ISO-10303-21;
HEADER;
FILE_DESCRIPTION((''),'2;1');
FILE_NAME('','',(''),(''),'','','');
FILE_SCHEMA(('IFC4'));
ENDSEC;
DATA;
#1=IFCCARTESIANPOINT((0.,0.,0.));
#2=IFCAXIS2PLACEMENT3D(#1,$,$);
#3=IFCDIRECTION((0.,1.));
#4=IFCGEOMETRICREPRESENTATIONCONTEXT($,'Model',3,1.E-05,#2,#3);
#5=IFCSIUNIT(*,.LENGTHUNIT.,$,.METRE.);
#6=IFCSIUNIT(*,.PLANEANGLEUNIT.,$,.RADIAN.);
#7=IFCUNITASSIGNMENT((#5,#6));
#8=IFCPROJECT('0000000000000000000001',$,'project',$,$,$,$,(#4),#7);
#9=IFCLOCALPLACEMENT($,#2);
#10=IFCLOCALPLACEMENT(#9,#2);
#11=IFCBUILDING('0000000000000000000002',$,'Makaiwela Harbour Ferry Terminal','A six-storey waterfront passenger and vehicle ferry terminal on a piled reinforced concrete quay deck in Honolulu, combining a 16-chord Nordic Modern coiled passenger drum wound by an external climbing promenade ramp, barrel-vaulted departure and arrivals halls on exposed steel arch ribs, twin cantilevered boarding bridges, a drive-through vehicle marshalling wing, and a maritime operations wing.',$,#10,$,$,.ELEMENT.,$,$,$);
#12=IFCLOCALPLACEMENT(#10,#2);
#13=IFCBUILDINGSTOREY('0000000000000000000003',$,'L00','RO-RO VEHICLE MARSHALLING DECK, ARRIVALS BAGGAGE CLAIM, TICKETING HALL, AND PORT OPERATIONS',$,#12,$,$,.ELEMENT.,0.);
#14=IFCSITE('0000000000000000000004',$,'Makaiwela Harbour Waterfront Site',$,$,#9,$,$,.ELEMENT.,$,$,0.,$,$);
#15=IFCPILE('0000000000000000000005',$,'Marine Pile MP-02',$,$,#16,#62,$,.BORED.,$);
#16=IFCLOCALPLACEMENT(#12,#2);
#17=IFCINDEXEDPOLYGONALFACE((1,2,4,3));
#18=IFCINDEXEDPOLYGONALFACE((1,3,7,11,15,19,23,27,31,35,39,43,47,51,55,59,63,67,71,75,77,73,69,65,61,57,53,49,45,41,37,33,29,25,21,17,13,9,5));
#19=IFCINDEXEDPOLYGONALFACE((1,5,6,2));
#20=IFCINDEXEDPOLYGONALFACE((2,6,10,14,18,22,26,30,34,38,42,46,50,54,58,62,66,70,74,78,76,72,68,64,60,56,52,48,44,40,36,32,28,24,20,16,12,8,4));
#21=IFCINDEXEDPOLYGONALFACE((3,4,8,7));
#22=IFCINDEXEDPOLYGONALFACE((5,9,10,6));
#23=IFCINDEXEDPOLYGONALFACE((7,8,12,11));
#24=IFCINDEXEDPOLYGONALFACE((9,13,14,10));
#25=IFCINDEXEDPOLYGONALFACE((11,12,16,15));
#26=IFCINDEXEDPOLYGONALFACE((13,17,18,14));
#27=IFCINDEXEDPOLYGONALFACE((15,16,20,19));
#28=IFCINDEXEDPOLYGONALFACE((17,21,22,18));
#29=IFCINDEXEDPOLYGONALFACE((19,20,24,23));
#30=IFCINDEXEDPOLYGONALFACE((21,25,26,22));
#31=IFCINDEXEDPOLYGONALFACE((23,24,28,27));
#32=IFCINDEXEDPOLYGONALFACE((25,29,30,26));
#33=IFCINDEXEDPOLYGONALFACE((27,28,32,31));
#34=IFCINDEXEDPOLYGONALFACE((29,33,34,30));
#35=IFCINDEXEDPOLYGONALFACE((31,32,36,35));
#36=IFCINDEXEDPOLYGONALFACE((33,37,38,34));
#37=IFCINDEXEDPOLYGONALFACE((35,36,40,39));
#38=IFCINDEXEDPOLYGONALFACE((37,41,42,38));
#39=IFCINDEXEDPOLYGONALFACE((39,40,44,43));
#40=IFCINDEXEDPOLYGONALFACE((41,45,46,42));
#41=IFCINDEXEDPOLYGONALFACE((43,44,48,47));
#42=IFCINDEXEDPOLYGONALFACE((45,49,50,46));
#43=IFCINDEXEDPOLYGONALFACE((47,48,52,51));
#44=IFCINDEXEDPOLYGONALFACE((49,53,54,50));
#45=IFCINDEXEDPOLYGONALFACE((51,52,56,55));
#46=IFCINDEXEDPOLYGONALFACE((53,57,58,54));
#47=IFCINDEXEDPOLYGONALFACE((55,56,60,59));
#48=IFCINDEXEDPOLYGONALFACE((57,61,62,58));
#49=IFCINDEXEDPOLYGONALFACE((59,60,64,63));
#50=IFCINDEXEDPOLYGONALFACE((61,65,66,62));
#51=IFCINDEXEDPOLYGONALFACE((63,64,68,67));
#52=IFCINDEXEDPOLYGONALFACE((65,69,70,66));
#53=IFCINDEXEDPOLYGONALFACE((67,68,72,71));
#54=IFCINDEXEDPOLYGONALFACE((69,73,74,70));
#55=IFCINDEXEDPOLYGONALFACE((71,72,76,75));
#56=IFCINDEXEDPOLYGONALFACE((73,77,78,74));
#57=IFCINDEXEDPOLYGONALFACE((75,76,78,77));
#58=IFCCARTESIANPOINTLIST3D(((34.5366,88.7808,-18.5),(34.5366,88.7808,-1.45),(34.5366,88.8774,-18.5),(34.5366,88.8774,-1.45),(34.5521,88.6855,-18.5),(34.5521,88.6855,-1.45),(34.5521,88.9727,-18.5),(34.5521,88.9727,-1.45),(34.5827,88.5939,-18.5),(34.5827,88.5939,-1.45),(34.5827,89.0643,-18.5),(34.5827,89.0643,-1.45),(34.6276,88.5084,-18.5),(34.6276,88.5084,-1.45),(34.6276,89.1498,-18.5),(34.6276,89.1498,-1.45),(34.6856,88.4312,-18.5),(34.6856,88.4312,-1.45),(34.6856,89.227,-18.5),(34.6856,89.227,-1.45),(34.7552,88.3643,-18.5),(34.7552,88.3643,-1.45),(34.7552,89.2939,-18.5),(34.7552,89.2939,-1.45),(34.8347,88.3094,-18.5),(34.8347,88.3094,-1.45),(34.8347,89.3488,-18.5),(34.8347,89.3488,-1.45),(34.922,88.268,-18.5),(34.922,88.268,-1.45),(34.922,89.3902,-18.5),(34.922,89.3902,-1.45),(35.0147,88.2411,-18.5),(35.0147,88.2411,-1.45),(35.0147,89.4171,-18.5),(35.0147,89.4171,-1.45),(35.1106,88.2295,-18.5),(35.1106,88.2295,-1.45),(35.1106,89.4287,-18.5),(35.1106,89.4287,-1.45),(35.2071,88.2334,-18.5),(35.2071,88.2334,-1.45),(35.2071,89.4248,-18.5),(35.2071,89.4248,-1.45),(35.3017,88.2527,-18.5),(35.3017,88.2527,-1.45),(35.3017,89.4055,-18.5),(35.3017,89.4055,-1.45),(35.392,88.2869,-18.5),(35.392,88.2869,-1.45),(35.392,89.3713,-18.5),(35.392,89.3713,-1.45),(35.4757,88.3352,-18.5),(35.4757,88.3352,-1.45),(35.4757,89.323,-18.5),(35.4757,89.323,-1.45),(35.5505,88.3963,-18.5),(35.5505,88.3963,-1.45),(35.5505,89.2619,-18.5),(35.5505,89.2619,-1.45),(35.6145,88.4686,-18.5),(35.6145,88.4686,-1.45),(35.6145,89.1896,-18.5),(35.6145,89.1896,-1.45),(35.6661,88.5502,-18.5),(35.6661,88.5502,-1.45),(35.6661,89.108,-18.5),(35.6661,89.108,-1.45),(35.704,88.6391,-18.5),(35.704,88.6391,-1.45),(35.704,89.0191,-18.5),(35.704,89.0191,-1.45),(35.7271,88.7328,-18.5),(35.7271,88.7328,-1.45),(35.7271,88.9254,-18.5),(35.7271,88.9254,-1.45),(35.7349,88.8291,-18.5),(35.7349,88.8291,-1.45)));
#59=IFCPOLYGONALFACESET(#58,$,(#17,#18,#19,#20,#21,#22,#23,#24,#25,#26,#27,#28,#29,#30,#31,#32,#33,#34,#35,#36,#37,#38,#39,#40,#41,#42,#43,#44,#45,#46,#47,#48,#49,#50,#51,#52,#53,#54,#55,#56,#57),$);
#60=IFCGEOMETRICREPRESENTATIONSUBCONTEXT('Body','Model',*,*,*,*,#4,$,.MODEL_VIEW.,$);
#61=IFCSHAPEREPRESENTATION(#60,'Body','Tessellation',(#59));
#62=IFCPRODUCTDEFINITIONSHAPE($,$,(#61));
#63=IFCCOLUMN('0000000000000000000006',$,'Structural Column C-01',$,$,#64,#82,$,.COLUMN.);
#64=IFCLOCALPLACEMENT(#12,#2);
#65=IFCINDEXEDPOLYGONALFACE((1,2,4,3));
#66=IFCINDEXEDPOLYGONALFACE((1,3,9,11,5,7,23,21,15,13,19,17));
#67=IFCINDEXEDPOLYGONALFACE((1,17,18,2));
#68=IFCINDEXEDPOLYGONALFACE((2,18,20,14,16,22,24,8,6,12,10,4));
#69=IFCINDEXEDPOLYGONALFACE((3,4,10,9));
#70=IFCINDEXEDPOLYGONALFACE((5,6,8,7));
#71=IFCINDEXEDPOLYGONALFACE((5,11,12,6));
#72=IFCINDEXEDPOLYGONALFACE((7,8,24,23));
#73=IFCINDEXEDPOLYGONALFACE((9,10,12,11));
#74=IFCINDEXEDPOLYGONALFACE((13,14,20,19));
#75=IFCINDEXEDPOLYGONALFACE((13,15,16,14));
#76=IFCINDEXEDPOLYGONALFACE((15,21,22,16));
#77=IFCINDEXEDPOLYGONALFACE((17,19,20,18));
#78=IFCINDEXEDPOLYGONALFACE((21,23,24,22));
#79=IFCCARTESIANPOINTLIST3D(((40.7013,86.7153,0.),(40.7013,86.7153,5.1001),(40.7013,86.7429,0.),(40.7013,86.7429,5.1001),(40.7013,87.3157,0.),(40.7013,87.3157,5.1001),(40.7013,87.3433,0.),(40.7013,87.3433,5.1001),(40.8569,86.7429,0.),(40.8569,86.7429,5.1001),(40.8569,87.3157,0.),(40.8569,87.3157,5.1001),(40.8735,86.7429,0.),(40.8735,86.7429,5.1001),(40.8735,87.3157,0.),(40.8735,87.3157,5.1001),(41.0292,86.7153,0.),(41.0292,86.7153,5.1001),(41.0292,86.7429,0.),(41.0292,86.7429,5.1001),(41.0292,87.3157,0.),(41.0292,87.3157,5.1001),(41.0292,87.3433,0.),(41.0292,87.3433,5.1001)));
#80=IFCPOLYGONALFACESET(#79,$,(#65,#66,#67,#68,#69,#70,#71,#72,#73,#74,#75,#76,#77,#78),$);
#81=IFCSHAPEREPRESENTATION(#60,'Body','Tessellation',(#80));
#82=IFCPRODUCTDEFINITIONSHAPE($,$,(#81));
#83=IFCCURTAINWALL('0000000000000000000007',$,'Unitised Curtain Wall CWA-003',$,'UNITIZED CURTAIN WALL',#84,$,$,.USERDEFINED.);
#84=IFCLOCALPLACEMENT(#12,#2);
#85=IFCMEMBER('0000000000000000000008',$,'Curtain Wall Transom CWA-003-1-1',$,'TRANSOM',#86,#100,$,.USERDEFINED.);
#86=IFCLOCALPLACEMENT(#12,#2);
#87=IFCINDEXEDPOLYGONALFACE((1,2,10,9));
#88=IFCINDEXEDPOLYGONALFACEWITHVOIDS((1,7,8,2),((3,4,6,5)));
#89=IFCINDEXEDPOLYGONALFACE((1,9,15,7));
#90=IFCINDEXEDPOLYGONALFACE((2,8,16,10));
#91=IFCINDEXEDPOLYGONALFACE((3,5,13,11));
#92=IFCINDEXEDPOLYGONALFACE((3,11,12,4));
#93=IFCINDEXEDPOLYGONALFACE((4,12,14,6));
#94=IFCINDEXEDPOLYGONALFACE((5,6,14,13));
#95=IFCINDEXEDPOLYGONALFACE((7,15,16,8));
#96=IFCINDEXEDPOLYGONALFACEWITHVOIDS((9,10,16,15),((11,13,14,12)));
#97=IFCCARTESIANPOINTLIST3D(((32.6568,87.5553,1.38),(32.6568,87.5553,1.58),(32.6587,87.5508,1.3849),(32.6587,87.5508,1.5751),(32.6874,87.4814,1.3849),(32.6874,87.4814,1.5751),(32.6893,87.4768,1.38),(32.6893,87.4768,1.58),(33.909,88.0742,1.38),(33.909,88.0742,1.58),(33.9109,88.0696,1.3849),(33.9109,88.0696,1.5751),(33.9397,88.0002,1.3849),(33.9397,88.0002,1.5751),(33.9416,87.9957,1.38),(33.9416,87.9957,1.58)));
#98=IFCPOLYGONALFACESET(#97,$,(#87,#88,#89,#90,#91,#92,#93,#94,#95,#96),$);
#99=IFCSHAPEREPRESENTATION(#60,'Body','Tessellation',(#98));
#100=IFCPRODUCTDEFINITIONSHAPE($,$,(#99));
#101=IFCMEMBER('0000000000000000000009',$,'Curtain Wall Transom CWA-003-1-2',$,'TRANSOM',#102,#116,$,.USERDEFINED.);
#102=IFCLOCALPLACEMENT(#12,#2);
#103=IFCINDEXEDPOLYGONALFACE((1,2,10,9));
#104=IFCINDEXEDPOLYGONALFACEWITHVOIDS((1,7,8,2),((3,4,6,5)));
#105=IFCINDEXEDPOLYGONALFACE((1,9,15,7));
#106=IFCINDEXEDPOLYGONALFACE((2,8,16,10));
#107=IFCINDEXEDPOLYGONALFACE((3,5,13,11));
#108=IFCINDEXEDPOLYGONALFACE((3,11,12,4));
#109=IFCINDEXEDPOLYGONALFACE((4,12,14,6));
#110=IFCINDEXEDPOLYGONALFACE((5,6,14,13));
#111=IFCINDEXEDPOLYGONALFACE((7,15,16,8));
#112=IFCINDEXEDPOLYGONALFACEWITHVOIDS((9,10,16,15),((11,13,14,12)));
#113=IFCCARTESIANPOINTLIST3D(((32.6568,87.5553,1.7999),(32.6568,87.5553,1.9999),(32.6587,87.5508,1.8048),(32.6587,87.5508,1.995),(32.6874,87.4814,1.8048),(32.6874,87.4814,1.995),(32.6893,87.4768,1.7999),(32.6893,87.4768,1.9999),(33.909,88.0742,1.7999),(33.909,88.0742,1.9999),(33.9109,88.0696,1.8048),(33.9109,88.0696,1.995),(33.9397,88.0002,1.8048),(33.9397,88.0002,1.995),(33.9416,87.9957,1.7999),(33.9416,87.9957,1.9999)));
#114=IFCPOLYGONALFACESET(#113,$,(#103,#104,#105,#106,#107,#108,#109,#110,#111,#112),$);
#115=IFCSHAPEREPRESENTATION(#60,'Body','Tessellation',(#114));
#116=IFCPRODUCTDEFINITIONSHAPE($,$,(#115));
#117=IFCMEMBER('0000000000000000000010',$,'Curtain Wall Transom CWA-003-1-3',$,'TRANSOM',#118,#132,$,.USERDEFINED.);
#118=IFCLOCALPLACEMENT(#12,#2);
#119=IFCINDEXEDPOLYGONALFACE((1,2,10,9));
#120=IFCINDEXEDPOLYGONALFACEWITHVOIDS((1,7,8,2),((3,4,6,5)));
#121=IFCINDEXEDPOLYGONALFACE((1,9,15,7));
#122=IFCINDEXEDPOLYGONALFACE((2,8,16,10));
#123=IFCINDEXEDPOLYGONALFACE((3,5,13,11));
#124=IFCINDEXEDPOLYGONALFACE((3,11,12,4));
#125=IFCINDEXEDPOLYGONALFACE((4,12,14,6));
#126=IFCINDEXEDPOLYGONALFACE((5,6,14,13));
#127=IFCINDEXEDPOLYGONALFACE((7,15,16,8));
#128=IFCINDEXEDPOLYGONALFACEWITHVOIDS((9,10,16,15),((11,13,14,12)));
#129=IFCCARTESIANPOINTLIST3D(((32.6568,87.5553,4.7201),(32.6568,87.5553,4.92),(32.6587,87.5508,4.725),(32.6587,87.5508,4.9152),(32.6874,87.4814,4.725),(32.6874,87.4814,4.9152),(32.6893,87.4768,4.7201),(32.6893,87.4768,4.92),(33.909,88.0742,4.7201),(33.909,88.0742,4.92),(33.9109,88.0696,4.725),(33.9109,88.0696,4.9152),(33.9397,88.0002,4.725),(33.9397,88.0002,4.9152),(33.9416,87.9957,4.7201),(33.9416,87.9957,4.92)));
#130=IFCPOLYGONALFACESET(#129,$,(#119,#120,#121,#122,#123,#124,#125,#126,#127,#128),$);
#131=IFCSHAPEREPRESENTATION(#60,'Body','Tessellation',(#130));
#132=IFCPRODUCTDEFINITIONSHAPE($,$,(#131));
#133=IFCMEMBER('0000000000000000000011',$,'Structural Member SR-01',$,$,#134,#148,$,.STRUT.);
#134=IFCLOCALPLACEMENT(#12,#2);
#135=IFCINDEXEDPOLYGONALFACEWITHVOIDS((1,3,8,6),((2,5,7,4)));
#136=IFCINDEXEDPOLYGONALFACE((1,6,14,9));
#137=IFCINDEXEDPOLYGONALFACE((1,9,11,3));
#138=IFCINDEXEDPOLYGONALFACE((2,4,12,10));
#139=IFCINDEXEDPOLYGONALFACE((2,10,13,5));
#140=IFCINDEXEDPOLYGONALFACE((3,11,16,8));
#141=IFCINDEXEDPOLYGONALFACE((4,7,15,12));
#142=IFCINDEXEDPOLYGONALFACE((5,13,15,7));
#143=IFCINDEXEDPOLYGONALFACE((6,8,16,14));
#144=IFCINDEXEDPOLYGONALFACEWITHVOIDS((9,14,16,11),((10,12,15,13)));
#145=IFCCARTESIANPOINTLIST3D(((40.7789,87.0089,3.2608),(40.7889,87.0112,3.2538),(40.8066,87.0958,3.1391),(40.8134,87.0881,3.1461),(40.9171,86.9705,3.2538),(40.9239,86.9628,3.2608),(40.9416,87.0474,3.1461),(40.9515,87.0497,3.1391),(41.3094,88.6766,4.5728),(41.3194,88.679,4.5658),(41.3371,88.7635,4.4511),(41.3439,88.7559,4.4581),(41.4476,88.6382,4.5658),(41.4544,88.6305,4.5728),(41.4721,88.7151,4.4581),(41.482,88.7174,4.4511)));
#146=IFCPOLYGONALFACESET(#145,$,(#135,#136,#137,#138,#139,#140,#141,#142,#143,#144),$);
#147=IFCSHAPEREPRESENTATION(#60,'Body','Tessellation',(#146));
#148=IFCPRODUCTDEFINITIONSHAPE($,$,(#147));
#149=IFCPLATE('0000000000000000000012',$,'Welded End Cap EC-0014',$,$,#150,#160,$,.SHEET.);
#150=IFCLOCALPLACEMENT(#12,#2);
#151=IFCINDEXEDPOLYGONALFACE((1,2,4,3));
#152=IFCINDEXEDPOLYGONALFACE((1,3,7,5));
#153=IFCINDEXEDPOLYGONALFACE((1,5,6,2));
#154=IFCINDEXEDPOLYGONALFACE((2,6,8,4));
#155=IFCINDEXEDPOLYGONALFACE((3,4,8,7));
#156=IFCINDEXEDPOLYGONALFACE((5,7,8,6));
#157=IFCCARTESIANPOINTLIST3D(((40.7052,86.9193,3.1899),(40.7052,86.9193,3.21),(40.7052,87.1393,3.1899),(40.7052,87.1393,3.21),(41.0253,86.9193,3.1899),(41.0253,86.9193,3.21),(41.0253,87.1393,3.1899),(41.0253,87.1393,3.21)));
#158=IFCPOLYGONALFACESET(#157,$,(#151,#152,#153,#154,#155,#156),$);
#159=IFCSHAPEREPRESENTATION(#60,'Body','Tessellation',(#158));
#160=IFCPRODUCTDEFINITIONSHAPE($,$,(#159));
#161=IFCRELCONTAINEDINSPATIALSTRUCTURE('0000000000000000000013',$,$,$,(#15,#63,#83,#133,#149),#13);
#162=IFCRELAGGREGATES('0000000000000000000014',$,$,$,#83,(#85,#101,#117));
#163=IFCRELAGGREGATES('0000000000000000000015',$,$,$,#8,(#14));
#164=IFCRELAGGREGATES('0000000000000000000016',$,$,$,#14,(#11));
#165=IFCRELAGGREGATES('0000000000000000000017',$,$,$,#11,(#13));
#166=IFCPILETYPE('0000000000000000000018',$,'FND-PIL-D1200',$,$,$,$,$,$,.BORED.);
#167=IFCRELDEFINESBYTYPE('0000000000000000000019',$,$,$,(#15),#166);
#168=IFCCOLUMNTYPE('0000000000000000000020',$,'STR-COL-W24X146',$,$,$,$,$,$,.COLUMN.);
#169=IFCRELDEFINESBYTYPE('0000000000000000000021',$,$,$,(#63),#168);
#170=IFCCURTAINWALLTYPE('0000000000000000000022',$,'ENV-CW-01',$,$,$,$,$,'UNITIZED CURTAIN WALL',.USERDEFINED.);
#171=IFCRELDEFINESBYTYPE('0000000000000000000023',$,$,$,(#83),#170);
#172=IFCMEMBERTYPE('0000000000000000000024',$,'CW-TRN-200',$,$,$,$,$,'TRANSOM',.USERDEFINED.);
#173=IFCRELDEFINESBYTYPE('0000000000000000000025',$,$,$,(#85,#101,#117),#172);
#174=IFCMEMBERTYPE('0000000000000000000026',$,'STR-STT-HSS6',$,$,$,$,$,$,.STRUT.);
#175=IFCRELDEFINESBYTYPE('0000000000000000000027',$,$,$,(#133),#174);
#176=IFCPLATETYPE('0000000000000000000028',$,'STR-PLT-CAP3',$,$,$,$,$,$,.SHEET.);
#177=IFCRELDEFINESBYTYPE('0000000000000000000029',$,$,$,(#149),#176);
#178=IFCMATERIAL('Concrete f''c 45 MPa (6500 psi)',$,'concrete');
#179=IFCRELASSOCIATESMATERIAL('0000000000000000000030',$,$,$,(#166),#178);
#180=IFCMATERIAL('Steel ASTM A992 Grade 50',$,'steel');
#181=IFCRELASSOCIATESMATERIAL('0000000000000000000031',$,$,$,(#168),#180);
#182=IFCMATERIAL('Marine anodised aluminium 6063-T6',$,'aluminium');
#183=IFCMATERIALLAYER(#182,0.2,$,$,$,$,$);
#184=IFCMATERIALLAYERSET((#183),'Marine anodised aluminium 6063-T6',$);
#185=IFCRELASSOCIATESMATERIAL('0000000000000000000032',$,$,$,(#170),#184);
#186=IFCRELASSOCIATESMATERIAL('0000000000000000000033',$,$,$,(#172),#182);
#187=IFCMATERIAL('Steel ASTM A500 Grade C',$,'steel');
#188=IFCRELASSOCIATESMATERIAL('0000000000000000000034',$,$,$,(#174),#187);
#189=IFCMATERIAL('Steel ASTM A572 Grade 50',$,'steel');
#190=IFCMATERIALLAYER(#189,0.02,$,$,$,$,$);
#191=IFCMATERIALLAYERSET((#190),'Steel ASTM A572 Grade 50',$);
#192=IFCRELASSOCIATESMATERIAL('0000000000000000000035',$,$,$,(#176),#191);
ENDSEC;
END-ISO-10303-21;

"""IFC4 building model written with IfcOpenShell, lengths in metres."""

from ifc_helpers import new_model, si_unit, direction, frame, origin, origin_2d, place, context, subcontext, project, spatial, rectangle, hollow_rectangle, circle, i_section, extrude, material, layer, layer_set, material_profile, profile_set, type_object, element, aggregate, save


model = new_model("IFC4")

# Units and contexts
model_context = context("Model", 3, precision=1e-05, world=origin(), true_north=direction((0.0, 1.0)))
body_context = subcontext(model_context, "Body", "Model", "MODEL_VIEW")
ifc_project = project(units=[si_unit("LENGTHUNIT", "METRE"), si_unit("PLANEANGLEUNIT", "RADIAN")], contexts=[model_context])

# Site, building, storey
site_placement = place(None, origin())
site = spatial("IfcSite", under=ifc_project, at=site_placement, Name="Makaiwela Harbour Waterfront Site", CompositionType="ELEMENT", RefElevation=0.0)
building_placement = place(site_placement, origin())
building = spatial("IfcBuilding", under=site, at=building_placement, Name="Makaiwela Harbour Ferry Terminal", Description="A six-storey waterfront passenger and vehicle ferry terminal on a piled reinforced concrete quay deck in Honolulu, combining a 16-chord Nordic Modern coiled passenger drum wound by an external climbing promenade ramp, barrel-vaulted departure and arrivals halls on exposed steel arch ribs, twin cantilevered boarding bridges, a drive-through vehicle marshalling wing, and a maritime operations wing.", CompositionType="ELEMENT")
storey_placement = place(building_placement, origin())
storey = spatial("IfcBuildingStorey", under=building, at=storey_placement, Name="L00", Description="RO-RO VEHICLE MARSHALLING DECK, ARRIVALS BAGGAGE CLAIM, TICKETING HALL, AND PORT OPERATIONS", CompositionType="ELEMENT", Elevation=0.0)

# Shared definitions
ifc_material_1 = material(Name="Concrete f'c 45 MPa (6500 psi)", Category="concrete")

# Pile
ifc_material_profile_1 = material_profile(ifc_material_1, circle(Radius=0.6001, at=origin_2d()), Name="PILE-D1200")
ifc_profile_set_1 = profile_set([ifc_material_profile_1], Name="Concrete f'c 45 MPa (6500 psi)")
pile_type = type_object("IfcPileType", Name="FND-PIL-D1200", PredefinedType="BORED", material=ifc_profile_set_1)
for number, where, z_axis, x_axis, name in (
    (1, (35.1348, 88.8291, -1.45), (0.0, 0.0, -1.0), (1.0, 0.0, 0.0), "Marine Pile MP-02"),
):
    element("IfcPile", number, at=place(storey_placement, frame(where, z_axis=z_axis, x_axis=x_axis)), inside=storey, type_object=pile_type, Name=name, PredefinedType="BORED", context=body_context, shape_type="SweptSolid", body=[
        extrude(circle(Radius=0.6001, at=origin_2d()), origin(), (0.0, 0.0, 1.0), 17.05),
    ])

# Column
ifc_material_2 = material(Name="Steel ASTM A992 Grade 50", Category="steel")
ifc_material_profile_2 = material_profile(ifc_material_2, i_section(OverallWidth=0.3279, OverallDepth=0.6279, WebThickness=0.0166, FlangeThickness=0.0276, at=origin_2d()), Name="W24X146")
ifc_profile_set_2 = profile_set([ifc_material_profile_2], Name="Steel ASTM A992 Grade 50")
column_type = type_object("IfcColumnType", Name="STR-COL-W24X146", PredefinedType="COLUMN", material=ifc_profile_set_2)
column_placement = place(storey_placement, frame((40.8652, 87.0293, 0.0), z_axis=(0.0, 0.0, 1.0), x_axis=(1.0, 0.0, 0.0)))
element("IfcColumn", 2, at=column_placement, inside=storey, type_object=column_type, Name="Structural Column C-01", PredefinedType="COLUMN", context=body_context, shape_type="SweptSolid", body=[
    extrude(i_section(OverallWidth=0.3279, OverallDepth=0.6279, WebThickness=0.0166, FlangeThickness=0.0276, at=origin_2d()), origin(), (0.0, 0.0, 1.0), 5.1001),
])

# Curtain wall, members
ifc_material_3 = material(Name="Marine anodised aluminium 6063-T6", Category="aluminium")
ifc_layer_1 = layer(ifc_material_3, 0.2)
ifc_layer_set_1 = layer_set([ifc_layer_1], Name="Marine anodised aluminium 6063-T6")
curtain_wall_type = type_object("IfcCurtainWallType", Name="ENV-CW-01", ElementType="UNITIZED CURTAIN WALL", PredefinedType="USERDEFINED", material=ifc_layer_set_1)
curtain_wall_placement = place(storey_placement, origin())
curtain_wall = element("IfcCurtainWall", 3, at=curtain_wall_placement, inside=storey, type_object=curtain_wall_type, Name="Unitised Curtain Wall CWA-003", ObjectType="UNITIZED CURTAIN WALL", PredefinedType="USERDEFINED")
ifc_material_profile_3 = material_profile(ifc_material_3, hollow_rectangle(XDim=0.085, YDim=0.2, WallThickness=0.0049, at=origin_2d()), Name="CWT-200X85")
ifc_profile_set_3 = profile_set([ifc_material_profile_3], Name="Marine anodised aluminium 6063-T6")
member_type_1 = type_object("IfcMemberType", Name="CW-TRN-200", ElementType="TRANSOM", PredefinedType="USERDEFINED", material=ifc_profile_set_3)
member_1_placement = place(storey_placement, frame((33.9253, 88.0349, 1.48), z_axis=(-0.923848, -0.38276, 0.0), x_axis=(0.38276, -0.923848, 0.0)))
member_1 = element("IfcMember", 4, at=member_1_placement, type_object=member_type_1, Name="Curtain Wall Transom CWA-003-1-1", ObjectType="TRANSOM", PredefinedType="USERDEFINED", context=body_context, shape_type="SweptSolid", body=[
    extrude(hollow_rectangle(XDim=0.085, YDim=0.2, WallThickness=0.0049, at=origin_2d()), origin(), (0.0, 0.0, 1.0), 1.3555),
])
member_2_placement = place(storey_placement, frame((33.9253, 88.0349, 1.8999), z_axis=(-0.923848, -0.38276, 0.0), x_axis=(0.38276, -0.923848, 0.0)))
member_2 = element("IfcMember", 5, at=member_2_placement, type_object=member_type_1, Name="Curtain Wall Transom CWA-003-1-2", ObjectType="TRANSOM", PredefinedType="USERDEFINED", context=body_context, shape_type="SweptSolid", body=[
    extrude(hollow_rectangle(XDim=0.085, YDim=0.2, WallThickness=0.0049, at=origin_2d()), origin(), (0.0, 0.0, 1.0), 1.3555),
])
member_3_placement = place(storey_placement, frame((33.9253, 88.0349, 4.8201), z_axis=(-0.923848, -0.38276, 0.0), x_axis=(0.38276, -0.923848, 0.0)))
member_3 = element("IfcMember", 6, at=member_3_placement, type_object=member_type_1, Name="Curtain Wall Transom CWA-003-1-3", ObjectType="TRANSOM", PredefinedType="USERDEFINED", context=body_context, shape_type="SweptSolid", body=[
    extrude(hollow_rectangle(XDim=0.085, YDim=0.2, WallThickness=0.0049, at=origin_2d()), origin(), (0.0, 0.0, 1.0), 1.3555),
])
aggregate(curtain_wall, [member_1, member_2, member_3])

# Member
ifc_material_4 = material(Name="Steel ASTM A500 Grade C", Category="steel")
ifc_material_profile_4 = material_profile(ifc_material_4, hollow_rectangle(XDim=0.1521, YDim=0.1521, WallThickness=0.0088, at=origin_2d()), Name="HSS6X6X3/8")
ifc_profile_set_4 = profile_set([ifc_material_profile_4], Name="Steel ASTM A500 Grade C")
member_type_2 = type_object("IfcMemberType", Name="STR-STT-HSS6", PredefinedType="STRUT", material=ifc_profile_set_4)
member_4_placement = place(storey_placement, frame((40.8652, 87.0293, 3.2), z_axis=(0.242548, 0.76247, 0.599841), x_axis=(-0.952946, 0.30314, 0.0)))
element("IfcMember", 7, at=member_4_placement, inside=storey, type_object=member_type_2, Name="Structural Member SR-01", PredefinedType="STRUT", context=body_context, shape_type="SweptSolid", body=[
    extrude(hollow_rectangle(XDim=0.1521, YDim=0.1521, WallThickness=0.0088, at=origin_2d()), origin(), (0.0, 0.0, 1.0), 2.1873),
])

# Plate
ifc_material_5 = material(Name="Steel ASTM A572 Grade 50", Category="steel")
ifc_layer_2 = layer(ifc_material_5, 0.02)
ifc_layer_set_2 = layer_set([ifc_layer_2], Name="Steel ASTM A572 Grade 50")
plate_type = type_object("IfcPlateType", Name="STR-PLT-CAP3", PredefinedType="SHEET", material=ifc_layer_set_2)
plate_placement = place(storey_placement, frame((40.8652, 87.0293, 3.1899), z_axis=(0.0, 0.0, 1.0), x_axis=(1.0, 0.0, 0.0)))
element("IfcPlate", 8, at=plate_placement, inside=storey, type_object=plate_type, Name="Welded End Cap EC-0014", PredefinedType="SHEET", context=body_context, shape_type="SweptSolid", body=[
    extrude(rectangle(XDim=0.3201, YDim=0.22, at=origin_2d()), origin(), (0.0, 0.0, 1.0), 0.02),
])

save(model, "model.ifc")
